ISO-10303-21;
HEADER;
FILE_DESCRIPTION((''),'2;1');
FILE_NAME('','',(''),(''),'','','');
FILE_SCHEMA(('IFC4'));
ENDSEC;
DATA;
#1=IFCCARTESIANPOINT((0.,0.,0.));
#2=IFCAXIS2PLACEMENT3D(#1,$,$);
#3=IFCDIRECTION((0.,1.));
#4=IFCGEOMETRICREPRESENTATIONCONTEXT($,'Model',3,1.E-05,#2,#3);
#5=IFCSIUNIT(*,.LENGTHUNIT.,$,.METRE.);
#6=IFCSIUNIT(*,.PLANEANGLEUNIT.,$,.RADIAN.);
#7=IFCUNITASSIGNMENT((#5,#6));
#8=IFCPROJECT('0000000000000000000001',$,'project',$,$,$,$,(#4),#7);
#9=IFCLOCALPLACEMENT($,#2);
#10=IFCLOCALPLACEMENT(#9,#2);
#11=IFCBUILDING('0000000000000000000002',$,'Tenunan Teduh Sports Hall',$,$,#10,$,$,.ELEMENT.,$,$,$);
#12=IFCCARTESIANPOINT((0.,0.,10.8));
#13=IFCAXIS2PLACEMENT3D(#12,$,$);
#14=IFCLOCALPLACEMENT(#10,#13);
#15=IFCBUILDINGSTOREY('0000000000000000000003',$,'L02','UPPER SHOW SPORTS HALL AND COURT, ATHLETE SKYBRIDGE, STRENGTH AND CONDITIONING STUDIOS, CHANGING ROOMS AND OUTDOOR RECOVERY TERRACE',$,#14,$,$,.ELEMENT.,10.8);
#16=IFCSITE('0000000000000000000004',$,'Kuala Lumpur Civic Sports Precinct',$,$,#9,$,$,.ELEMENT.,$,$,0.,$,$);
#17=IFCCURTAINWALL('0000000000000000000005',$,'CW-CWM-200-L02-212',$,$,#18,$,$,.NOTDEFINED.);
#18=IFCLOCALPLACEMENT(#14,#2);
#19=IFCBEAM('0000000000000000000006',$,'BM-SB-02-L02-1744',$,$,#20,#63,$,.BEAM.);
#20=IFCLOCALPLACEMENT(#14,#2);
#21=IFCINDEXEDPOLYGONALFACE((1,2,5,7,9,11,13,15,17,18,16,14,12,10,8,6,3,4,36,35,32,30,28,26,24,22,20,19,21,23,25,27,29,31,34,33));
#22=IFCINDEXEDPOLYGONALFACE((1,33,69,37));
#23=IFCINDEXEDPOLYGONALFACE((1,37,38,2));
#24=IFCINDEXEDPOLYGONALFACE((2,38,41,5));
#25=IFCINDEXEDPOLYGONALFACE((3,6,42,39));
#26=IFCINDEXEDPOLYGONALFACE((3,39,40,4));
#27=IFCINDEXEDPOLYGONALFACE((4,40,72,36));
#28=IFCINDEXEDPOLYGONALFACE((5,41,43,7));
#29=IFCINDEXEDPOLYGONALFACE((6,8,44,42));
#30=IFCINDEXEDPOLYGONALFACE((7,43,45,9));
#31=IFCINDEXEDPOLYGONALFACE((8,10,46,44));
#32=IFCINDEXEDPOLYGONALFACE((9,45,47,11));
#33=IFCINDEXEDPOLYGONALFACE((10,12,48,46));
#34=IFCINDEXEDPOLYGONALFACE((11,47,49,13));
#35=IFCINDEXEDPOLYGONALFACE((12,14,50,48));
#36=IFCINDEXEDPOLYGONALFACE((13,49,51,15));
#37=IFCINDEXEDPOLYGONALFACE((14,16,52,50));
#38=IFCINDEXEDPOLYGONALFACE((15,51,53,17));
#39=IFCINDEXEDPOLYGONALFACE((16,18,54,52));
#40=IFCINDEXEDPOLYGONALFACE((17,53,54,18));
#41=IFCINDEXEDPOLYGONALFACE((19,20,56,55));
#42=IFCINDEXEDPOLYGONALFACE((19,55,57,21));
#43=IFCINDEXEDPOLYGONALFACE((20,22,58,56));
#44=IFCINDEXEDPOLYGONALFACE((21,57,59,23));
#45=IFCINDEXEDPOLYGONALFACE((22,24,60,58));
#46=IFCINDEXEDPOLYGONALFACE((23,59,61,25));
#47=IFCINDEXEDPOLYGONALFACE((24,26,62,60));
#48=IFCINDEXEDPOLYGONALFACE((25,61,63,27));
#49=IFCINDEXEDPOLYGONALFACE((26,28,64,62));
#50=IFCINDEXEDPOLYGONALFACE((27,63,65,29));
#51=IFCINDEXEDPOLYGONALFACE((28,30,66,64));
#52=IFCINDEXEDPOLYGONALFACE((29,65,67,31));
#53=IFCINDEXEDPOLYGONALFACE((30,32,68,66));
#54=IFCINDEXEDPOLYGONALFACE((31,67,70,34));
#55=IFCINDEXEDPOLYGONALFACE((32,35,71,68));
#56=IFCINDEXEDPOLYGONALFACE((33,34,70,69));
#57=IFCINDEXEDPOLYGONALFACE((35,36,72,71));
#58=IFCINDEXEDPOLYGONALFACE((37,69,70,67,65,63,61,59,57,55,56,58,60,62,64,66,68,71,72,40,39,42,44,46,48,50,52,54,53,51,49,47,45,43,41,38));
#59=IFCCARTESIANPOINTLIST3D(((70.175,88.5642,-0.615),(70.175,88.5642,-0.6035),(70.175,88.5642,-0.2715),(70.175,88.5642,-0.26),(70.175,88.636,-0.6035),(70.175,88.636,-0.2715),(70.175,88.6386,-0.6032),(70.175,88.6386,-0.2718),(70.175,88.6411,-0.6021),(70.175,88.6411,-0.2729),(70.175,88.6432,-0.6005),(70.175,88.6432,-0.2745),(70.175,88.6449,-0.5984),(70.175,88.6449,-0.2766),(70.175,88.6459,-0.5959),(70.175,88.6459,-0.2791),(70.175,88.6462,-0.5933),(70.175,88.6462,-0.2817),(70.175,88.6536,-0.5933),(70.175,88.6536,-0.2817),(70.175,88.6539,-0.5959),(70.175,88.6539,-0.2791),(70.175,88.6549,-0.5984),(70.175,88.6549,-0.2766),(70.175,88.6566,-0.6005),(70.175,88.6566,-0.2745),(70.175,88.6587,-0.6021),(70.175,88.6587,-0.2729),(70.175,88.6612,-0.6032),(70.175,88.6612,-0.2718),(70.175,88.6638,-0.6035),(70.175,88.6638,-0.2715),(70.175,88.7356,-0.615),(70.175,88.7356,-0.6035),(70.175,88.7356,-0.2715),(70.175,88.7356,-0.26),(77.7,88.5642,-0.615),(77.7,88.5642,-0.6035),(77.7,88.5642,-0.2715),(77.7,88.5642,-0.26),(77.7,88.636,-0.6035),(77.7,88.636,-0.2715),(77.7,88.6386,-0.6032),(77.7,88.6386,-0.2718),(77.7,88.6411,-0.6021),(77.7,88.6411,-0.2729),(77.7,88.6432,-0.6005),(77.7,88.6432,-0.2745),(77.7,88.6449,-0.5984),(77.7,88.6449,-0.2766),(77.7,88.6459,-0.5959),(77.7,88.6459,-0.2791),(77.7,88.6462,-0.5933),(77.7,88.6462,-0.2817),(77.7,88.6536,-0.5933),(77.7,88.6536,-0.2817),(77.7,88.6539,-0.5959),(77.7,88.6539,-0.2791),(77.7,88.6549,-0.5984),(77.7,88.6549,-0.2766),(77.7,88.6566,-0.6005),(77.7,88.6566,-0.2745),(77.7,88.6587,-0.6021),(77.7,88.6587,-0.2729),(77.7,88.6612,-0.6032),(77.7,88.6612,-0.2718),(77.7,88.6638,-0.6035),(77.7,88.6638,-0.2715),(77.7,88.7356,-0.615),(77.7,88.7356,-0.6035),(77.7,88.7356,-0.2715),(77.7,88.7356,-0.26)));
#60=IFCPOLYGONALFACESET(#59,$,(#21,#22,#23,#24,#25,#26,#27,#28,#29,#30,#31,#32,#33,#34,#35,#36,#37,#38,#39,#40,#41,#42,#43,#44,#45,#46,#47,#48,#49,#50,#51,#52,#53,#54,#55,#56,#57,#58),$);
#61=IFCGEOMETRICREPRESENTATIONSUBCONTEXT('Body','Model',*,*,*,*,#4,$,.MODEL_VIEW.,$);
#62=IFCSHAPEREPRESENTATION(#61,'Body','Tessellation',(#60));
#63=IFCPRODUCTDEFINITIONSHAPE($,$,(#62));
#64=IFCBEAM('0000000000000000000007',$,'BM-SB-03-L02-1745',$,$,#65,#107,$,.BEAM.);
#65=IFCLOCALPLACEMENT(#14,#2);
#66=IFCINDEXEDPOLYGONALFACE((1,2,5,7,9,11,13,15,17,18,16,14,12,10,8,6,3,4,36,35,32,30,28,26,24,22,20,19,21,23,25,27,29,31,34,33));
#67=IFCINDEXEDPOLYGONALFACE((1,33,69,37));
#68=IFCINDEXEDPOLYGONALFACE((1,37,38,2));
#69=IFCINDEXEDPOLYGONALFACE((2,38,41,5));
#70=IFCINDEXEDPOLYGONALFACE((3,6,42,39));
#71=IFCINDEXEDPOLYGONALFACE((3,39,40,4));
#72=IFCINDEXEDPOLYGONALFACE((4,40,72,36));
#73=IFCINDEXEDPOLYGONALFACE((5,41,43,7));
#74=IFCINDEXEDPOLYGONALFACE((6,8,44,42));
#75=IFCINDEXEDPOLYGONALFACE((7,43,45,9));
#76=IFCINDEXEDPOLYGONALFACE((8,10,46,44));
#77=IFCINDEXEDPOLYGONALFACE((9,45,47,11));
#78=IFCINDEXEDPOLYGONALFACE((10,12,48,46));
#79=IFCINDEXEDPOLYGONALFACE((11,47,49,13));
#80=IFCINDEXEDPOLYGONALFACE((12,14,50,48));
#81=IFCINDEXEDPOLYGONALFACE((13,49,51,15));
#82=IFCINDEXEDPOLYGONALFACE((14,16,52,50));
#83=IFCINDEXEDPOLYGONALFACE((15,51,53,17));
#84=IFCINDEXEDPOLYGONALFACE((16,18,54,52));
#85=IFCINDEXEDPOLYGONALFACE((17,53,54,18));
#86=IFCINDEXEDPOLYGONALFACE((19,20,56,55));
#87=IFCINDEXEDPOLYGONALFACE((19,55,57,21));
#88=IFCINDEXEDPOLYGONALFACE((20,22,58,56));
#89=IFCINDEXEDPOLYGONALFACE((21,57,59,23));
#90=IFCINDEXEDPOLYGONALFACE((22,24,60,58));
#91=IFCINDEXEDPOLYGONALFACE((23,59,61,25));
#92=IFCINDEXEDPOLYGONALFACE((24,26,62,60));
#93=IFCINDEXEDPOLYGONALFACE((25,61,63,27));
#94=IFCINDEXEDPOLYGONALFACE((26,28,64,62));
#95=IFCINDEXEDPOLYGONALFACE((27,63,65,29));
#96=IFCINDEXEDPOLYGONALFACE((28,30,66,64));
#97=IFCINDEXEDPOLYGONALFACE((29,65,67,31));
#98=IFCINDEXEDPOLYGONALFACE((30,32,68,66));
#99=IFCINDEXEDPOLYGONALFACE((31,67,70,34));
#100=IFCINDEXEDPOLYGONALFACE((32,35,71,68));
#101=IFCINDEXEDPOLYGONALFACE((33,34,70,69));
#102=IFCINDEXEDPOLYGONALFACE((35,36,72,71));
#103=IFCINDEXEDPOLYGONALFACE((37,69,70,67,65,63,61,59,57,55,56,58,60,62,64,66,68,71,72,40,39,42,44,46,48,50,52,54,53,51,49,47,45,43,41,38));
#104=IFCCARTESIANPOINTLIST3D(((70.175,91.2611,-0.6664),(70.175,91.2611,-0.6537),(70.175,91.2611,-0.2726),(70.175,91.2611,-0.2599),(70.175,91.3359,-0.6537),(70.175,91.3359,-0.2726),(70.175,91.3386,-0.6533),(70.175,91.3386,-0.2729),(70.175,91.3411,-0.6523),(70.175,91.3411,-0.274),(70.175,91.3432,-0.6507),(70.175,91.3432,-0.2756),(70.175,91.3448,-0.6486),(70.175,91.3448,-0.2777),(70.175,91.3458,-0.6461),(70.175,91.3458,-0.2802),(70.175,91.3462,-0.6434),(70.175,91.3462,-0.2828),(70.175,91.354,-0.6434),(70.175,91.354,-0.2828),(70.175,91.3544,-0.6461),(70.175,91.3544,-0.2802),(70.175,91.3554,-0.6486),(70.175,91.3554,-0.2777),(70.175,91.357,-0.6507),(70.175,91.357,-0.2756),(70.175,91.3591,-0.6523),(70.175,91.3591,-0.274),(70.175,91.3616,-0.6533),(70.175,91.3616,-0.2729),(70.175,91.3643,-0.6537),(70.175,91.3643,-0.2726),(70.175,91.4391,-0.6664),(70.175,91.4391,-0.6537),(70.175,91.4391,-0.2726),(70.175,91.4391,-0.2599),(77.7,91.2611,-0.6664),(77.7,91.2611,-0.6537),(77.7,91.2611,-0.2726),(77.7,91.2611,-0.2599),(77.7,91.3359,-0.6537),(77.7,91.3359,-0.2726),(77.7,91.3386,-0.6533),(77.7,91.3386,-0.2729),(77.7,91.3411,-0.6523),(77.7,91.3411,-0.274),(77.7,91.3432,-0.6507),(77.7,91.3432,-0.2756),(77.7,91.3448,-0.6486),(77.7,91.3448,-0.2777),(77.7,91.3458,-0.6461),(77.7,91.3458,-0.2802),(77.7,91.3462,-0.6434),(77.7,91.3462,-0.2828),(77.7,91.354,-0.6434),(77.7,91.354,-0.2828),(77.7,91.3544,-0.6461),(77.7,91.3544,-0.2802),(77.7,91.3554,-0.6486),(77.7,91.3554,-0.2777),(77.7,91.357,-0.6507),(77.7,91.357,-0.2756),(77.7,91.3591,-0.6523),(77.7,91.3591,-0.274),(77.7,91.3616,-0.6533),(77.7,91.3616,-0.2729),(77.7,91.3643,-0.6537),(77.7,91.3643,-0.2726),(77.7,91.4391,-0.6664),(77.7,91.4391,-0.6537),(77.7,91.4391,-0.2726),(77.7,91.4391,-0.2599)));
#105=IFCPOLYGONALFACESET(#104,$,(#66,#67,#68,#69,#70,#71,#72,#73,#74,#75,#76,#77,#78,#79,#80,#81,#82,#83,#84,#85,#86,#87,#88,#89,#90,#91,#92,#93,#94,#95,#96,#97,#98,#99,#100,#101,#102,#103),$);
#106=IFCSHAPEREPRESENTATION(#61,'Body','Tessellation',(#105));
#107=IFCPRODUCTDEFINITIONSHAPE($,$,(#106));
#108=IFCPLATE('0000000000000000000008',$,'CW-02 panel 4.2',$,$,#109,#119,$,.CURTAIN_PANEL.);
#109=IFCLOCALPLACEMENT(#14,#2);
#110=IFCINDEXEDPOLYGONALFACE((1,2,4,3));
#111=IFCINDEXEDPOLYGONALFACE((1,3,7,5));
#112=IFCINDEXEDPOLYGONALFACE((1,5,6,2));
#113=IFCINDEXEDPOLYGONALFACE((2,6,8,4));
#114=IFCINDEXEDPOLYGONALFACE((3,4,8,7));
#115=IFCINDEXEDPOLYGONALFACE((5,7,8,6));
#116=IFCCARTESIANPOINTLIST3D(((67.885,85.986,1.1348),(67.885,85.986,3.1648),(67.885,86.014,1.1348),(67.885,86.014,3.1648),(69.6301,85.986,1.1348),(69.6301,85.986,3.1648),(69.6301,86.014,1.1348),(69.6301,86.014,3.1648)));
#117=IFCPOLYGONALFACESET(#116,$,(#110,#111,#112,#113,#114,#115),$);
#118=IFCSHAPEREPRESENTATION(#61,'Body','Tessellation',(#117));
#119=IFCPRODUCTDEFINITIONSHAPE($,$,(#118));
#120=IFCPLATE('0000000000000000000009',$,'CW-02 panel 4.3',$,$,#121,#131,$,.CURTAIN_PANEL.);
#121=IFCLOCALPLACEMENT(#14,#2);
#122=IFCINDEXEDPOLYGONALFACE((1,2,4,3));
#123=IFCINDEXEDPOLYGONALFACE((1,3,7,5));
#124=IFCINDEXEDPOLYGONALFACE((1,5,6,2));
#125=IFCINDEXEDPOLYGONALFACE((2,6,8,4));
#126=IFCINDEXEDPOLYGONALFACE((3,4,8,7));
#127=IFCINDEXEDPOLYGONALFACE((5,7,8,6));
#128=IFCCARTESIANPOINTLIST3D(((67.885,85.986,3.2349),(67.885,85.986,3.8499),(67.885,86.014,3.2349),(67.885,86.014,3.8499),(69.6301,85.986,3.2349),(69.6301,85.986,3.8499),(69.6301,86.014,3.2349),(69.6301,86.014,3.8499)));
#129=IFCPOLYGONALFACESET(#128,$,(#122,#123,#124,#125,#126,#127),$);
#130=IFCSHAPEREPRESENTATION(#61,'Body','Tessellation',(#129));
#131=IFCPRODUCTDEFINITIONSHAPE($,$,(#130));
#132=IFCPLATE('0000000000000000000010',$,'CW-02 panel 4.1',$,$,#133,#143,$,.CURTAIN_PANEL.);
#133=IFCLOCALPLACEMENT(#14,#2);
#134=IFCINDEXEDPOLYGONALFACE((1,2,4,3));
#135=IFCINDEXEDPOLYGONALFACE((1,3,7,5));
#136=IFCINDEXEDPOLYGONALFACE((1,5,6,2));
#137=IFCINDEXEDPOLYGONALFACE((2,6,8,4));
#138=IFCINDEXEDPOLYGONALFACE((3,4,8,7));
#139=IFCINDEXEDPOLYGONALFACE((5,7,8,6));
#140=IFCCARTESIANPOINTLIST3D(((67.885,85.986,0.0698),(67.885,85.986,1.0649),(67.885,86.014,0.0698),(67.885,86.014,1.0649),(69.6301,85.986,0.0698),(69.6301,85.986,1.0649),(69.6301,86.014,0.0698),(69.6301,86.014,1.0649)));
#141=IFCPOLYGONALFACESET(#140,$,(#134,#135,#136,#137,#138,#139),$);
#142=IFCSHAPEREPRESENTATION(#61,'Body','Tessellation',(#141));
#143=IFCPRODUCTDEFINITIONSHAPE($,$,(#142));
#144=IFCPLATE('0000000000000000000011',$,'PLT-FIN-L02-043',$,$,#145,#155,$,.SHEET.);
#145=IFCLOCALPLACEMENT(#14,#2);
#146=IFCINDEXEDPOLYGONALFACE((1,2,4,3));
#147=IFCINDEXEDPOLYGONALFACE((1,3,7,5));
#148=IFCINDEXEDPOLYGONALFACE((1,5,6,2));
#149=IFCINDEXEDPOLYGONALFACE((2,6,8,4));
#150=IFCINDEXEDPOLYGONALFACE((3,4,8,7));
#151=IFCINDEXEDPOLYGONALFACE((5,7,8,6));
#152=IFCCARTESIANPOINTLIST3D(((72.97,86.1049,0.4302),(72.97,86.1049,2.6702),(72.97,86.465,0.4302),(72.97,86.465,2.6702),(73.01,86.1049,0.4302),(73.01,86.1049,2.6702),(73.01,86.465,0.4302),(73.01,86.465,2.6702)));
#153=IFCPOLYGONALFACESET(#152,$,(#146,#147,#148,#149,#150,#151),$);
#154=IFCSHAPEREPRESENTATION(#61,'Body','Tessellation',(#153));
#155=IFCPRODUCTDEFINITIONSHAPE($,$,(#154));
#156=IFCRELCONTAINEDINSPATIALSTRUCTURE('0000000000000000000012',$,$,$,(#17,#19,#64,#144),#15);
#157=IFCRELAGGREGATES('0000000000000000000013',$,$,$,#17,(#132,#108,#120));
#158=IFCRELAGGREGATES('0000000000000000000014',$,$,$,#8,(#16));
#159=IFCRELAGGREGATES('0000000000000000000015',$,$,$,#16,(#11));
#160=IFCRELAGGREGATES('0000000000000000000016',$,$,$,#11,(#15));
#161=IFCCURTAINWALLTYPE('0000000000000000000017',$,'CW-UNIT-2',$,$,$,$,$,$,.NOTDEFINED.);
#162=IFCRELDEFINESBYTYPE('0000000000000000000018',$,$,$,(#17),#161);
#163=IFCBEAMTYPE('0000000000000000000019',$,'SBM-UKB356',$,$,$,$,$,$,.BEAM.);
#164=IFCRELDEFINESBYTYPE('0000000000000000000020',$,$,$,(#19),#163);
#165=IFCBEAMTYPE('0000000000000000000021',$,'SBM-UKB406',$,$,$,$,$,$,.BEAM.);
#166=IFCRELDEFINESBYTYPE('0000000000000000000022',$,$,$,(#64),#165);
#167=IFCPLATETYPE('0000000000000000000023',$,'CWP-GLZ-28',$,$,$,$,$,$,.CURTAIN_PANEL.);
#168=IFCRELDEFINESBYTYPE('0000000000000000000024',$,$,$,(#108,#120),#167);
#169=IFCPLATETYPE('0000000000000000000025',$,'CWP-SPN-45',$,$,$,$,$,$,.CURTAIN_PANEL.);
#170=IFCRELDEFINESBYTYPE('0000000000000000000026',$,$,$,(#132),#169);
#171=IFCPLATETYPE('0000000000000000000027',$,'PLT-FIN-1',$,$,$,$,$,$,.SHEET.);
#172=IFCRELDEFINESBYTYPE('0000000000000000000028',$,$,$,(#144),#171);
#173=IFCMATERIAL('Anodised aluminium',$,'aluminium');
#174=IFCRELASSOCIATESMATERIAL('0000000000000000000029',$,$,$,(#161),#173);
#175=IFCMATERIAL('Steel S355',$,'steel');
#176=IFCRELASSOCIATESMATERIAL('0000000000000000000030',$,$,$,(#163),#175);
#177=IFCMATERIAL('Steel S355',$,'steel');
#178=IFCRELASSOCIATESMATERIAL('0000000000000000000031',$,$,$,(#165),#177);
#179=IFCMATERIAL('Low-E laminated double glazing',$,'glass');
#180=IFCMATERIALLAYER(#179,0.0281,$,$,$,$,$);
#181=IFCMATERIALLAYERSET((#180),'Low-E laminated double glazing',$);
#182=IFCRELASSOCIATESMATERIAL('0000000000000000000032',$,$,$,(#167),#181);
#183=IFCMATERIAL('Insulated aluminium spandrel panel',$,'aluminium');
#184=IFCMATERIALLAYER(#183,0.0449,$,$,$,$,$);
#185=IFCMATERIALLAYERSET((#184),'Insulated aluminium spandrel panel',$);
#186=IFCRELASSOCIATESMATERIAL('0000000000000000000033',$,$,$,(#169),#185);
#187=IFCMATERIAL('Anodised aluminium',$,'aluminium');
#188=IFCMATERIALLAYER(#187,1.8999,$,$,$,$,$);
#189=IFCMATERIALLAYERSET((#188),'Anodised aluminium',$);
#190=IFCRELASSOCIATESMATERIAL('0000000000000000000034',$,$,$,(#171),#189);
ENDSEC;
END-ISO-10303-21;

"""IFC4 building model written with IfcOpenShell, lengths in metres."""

from ifc_helpers import new_model, si_unit, direction, frame, origin, origin_2d, place, context, subcontext, project, spatial, rectangle, i_section, extrude, material, layer, layer_set, material_profile, profile_set, type_object, element, aggregate, save


model = new_model("IFC4")

# Units and contexts
model_context = context("Model", 3, precision=1e-05, world=origin(), true_north=direction((0.0, 1.0)))
body_context = subcontext(model_context, "Body", "Model", "MODEL_VIEW")
ifc_project = project(units=[si_unit("LENGTHUNIT", "METRE"), si_unit("PLANEANGLEUNIT", "RADIAN")], contexts=[model_context])

# Site, building, storey
site_placement = place(None, origin())
site = spatial("IfcSite", under=ifc_project, at=site_placement, Name="Kuala Lumpur Civic Sports Precinct", CompositionType="ELEMENT", RefElevation=0.0)
building_placement = place(site_placement, origin())
building = spatial("IfcBuilding", under=site, at=building_placement, Name="Tenunan Teduh Sports Hall", CompositionType="ELEMENT")
storey_placement = place(building_placement, frame((0.0, 0.0, 10.8)))
storey = spatial("IfcBuildingStorey", under=building, at=storey_placement, Name="L02", Description="UPPER SHOW SPORTS HALL AND COURT, ATHLETE SKYBRIDGE, STRENGTH AND CONDITIONING STUDIOS, CHANGING ROOMS AND OUTDOOR RECOVERY TERRACE", CompositionType="ELEMENT", Elevation=10.8)

# Curtain wall
ifc_material_1 = material(Name="Anodised aluminium", Category="aluminium")
curtain_wall_type = type_object("IfcCurtainWallType", Name="CW-UNIT-2", PredefinedType="NOTDEFINED", material=ifc_material_1)
curtain_wall_placement = place(storey_placement, origin())
curtain_wall = element("IfcCurtainWall", 1, at=curtain_wall_placement, inside=storey, type_object=curtain_wall_type, Name="CW-CWM-200-L02-212", PredefinedType="NOTDEFINED")

# Beams
ifc_material_2 = material(Name="Steel S355", Category="steel")
ifc_material_profile_1 = material_profile(ifc_material_2, i_section(OverallWidth=0.1714, OverallDepth=0.355, WebThickness=0.0073, FlangeThickness=0.0115, FilletRadius=0.0103, at=origin_2d()), Name="UKB 356x171x51")
ifc_profile_set_1 = profile_set([ifc_material_profile_1], Name="Steel S355")
beam_type_1 = type_object("IfcBeamType", Name="SBM-UKB356", PredefinedType="BEAM", material=ifc_profile_set_1)
beam_1_placement = place(storey_placement, frame((70.175, 88.6499, -0.4375), z_axis=(1.0, 0.0, 0.0), x_axis=(0.0, 1.0, 0.0)))
element("IfcBeam", 2, at=beam_1_placement, inside=storey, type_object=beam_type_1, Name="BM-SB-02-L02-1744", PredefinedType="BEAM", context=body_context, shape_type="SweptSolid", body=[
    extrude(i_section(OverallWidth=0.1714, OverallDepth=0.355, WebThickness=0.0073, FlangeThickness=0.0115, FilletRadius=0.0103, at=origin_2d()), origin(), (0.0, 0.0, 1.0), 7.5249),
])
ifc_material_3 = material(Name="Steel S355", Category="steel")
ifc_material_profile_2 = material_profile(ifc_material_3, i_section(OverallWidth=0.178, OverallDepth=0.4065, WebThickness=0.0078, FlangeThickness=0.0127, FilletRadius=0.0103, at=origin_2d()), Name="UKB 406x178x60")
ifc_profile_set_2 = profile_set([ifc_material_profile_2], Name="Steel S355")
beam_type_2 = type_object("IfcBeamType", Name="SBM-UKB406", PredefinedType="BEAM", material=ifc_profile_set_2)
beam_2_placement = place(storey_placement, frame((70.175, 91.3501, -0.4631), z_axis=(1.0, 0.0, 0.0), x_axis=(0.0, 1.0, 0.0)))
element("IfcBeam", 3, at=beam_2_placement, inside=storey, type_object=beam_type_2, Name="BM-SB-03-L02-1745", PredefinedType="BEAM", context=body_context, shape_type="SweptSolid", body=[
    extrude(i_section(OverallWidth=0.178, OverallDepth=0.4065, WebThickness=0.0078, FlangeThickness=0.0127, FilletRadius=0.0103, at=origin_2d()), origin(), (0.0, 0.0, 1.0), 7.5249),
])

# Plates
ifc_material_4 = material(Name="Low-E laminated double glazing", Category="glass")
ifc_layer_1 = layer(ifc_material_4, 0.0281)
ifc_layer_set_1 = layer_set([ifc_layer_1], Name="Low-E laminated double glazing")
plate_type_1 = type_object("IfcPlateType", Name="CWP-GLZ-28", PredefinedType="CURTAIN_PANEL", material=ifc_layer_set_1)
plate_1_placement = place(storey_placement, frame((68.7576, 86.0, 1.1348), z_axis=(0.0, 0.0, 1.0), x_axis=(1.0, 0.0, 0.0)))
plate_1 = element("IfcPlate", 4, at=plate_1_placement, type_object=plate_type_1, Name="CW-02 panel 4.2", PredefinedType="CURTAIN_PANEL", context=body_context, shape_type="SweptSolid", body=[
    extrude(rectangle(XDim=1.7451, YDim=0.0281, at=origin_2d()), origin(), (0.0, 0.0, 1.0), 2.03),
])
plate_2_placement = place(storey_placement, frame((68.7576, 86.0, 3.2349), z_axis=(0.0, 0.0, 1.0), x_axis=(1.0, 0.0, 0.0)))
plate_2 = element("IfcPlate", 5, at=plate_2_placement, type_object=plate_type_1, Name="CW-02 panel 4.3", PredefinedType="CURTAIN_PANEL", context=body_context, shape_type="SweptSolid", body=[
    extrude(rectangle(XDim=1.7451, YDim=0.0281, at=origin_2d()), origin(), (0.0, 0.0, 1.0), 0.615),
])
ifc_material_5 = material(Name="Insulated aluminium spandrel panel", Category="aluminium")
ifc_layer_2 = layer(ifc_material_5, 0.0449)
ifc_layer_set_2 = layer_set([ifc_layer_2], Name="Insulated aluminium spandrel panel")
plate_type_2 = type_object("IfcPlateType", Name="CWP-SPN-45", PredefinedType="CURTAIN_PANEL", material=ifc_layer_set_2)
plate_3_placement = place(storey_placement, frame((68.7576, 86.0, 0.0698), z_axis=(0.0, 0.0, 1.0), x_axis=(1.0, 0.0, 0.0)))
plate_3 = element("IfcPlate", 6, at=plate_3_placement, type_object=plate_type_2, Name="CW-02 panel 4.1", PredefinedType="CURTAIN_PANEL", context=body_context, shape_type="SweptSolid", body=[
    extrude(rectangle(XDim=1.7451, YDim=0.0281, at=origin_2d()), origin(), (0.0, 0.0, 1.0), 0.9951),
])
aggregate(curtain_wall, [plate_3, plate_1, plate_2])
ifc_material_6 = material(Name="Anodised aluminium", Category="aluminium")
ifc_layer_3 = layer(ifc_material_6, 1.8999)
ifc_layer_set_3 = layer_set([ifc_layer_3], Name="Anodised aluminium")
plate_type_3 = type_object("IfcPlateType", Name="PLT-FIN-1", PredefinedType="SHEET", material=ifc_layer_set_3)
plate_4_placement = place(storey_placement, frame((72.99, 86.2849, 0.4302), z_axis=(0.0, 0.0, 1.0), x_axis=(1.0, 0.0, 0.0)))
element("IfcPlate", 7, at=plate_4_placement, inside=storey, type_object=plate_type_3, Name="PLT-FIN-L02-043", PredefinedType="SHEET", context=body_context, shape_type="SweptSolid", body=[
    extrude(rectangle(XDim=0.04, YDim=0.3601, at=origin_2d()), origin(), (0.0, 0.0, 1.0), 2.24),
])

save(model, "model.ifc")
